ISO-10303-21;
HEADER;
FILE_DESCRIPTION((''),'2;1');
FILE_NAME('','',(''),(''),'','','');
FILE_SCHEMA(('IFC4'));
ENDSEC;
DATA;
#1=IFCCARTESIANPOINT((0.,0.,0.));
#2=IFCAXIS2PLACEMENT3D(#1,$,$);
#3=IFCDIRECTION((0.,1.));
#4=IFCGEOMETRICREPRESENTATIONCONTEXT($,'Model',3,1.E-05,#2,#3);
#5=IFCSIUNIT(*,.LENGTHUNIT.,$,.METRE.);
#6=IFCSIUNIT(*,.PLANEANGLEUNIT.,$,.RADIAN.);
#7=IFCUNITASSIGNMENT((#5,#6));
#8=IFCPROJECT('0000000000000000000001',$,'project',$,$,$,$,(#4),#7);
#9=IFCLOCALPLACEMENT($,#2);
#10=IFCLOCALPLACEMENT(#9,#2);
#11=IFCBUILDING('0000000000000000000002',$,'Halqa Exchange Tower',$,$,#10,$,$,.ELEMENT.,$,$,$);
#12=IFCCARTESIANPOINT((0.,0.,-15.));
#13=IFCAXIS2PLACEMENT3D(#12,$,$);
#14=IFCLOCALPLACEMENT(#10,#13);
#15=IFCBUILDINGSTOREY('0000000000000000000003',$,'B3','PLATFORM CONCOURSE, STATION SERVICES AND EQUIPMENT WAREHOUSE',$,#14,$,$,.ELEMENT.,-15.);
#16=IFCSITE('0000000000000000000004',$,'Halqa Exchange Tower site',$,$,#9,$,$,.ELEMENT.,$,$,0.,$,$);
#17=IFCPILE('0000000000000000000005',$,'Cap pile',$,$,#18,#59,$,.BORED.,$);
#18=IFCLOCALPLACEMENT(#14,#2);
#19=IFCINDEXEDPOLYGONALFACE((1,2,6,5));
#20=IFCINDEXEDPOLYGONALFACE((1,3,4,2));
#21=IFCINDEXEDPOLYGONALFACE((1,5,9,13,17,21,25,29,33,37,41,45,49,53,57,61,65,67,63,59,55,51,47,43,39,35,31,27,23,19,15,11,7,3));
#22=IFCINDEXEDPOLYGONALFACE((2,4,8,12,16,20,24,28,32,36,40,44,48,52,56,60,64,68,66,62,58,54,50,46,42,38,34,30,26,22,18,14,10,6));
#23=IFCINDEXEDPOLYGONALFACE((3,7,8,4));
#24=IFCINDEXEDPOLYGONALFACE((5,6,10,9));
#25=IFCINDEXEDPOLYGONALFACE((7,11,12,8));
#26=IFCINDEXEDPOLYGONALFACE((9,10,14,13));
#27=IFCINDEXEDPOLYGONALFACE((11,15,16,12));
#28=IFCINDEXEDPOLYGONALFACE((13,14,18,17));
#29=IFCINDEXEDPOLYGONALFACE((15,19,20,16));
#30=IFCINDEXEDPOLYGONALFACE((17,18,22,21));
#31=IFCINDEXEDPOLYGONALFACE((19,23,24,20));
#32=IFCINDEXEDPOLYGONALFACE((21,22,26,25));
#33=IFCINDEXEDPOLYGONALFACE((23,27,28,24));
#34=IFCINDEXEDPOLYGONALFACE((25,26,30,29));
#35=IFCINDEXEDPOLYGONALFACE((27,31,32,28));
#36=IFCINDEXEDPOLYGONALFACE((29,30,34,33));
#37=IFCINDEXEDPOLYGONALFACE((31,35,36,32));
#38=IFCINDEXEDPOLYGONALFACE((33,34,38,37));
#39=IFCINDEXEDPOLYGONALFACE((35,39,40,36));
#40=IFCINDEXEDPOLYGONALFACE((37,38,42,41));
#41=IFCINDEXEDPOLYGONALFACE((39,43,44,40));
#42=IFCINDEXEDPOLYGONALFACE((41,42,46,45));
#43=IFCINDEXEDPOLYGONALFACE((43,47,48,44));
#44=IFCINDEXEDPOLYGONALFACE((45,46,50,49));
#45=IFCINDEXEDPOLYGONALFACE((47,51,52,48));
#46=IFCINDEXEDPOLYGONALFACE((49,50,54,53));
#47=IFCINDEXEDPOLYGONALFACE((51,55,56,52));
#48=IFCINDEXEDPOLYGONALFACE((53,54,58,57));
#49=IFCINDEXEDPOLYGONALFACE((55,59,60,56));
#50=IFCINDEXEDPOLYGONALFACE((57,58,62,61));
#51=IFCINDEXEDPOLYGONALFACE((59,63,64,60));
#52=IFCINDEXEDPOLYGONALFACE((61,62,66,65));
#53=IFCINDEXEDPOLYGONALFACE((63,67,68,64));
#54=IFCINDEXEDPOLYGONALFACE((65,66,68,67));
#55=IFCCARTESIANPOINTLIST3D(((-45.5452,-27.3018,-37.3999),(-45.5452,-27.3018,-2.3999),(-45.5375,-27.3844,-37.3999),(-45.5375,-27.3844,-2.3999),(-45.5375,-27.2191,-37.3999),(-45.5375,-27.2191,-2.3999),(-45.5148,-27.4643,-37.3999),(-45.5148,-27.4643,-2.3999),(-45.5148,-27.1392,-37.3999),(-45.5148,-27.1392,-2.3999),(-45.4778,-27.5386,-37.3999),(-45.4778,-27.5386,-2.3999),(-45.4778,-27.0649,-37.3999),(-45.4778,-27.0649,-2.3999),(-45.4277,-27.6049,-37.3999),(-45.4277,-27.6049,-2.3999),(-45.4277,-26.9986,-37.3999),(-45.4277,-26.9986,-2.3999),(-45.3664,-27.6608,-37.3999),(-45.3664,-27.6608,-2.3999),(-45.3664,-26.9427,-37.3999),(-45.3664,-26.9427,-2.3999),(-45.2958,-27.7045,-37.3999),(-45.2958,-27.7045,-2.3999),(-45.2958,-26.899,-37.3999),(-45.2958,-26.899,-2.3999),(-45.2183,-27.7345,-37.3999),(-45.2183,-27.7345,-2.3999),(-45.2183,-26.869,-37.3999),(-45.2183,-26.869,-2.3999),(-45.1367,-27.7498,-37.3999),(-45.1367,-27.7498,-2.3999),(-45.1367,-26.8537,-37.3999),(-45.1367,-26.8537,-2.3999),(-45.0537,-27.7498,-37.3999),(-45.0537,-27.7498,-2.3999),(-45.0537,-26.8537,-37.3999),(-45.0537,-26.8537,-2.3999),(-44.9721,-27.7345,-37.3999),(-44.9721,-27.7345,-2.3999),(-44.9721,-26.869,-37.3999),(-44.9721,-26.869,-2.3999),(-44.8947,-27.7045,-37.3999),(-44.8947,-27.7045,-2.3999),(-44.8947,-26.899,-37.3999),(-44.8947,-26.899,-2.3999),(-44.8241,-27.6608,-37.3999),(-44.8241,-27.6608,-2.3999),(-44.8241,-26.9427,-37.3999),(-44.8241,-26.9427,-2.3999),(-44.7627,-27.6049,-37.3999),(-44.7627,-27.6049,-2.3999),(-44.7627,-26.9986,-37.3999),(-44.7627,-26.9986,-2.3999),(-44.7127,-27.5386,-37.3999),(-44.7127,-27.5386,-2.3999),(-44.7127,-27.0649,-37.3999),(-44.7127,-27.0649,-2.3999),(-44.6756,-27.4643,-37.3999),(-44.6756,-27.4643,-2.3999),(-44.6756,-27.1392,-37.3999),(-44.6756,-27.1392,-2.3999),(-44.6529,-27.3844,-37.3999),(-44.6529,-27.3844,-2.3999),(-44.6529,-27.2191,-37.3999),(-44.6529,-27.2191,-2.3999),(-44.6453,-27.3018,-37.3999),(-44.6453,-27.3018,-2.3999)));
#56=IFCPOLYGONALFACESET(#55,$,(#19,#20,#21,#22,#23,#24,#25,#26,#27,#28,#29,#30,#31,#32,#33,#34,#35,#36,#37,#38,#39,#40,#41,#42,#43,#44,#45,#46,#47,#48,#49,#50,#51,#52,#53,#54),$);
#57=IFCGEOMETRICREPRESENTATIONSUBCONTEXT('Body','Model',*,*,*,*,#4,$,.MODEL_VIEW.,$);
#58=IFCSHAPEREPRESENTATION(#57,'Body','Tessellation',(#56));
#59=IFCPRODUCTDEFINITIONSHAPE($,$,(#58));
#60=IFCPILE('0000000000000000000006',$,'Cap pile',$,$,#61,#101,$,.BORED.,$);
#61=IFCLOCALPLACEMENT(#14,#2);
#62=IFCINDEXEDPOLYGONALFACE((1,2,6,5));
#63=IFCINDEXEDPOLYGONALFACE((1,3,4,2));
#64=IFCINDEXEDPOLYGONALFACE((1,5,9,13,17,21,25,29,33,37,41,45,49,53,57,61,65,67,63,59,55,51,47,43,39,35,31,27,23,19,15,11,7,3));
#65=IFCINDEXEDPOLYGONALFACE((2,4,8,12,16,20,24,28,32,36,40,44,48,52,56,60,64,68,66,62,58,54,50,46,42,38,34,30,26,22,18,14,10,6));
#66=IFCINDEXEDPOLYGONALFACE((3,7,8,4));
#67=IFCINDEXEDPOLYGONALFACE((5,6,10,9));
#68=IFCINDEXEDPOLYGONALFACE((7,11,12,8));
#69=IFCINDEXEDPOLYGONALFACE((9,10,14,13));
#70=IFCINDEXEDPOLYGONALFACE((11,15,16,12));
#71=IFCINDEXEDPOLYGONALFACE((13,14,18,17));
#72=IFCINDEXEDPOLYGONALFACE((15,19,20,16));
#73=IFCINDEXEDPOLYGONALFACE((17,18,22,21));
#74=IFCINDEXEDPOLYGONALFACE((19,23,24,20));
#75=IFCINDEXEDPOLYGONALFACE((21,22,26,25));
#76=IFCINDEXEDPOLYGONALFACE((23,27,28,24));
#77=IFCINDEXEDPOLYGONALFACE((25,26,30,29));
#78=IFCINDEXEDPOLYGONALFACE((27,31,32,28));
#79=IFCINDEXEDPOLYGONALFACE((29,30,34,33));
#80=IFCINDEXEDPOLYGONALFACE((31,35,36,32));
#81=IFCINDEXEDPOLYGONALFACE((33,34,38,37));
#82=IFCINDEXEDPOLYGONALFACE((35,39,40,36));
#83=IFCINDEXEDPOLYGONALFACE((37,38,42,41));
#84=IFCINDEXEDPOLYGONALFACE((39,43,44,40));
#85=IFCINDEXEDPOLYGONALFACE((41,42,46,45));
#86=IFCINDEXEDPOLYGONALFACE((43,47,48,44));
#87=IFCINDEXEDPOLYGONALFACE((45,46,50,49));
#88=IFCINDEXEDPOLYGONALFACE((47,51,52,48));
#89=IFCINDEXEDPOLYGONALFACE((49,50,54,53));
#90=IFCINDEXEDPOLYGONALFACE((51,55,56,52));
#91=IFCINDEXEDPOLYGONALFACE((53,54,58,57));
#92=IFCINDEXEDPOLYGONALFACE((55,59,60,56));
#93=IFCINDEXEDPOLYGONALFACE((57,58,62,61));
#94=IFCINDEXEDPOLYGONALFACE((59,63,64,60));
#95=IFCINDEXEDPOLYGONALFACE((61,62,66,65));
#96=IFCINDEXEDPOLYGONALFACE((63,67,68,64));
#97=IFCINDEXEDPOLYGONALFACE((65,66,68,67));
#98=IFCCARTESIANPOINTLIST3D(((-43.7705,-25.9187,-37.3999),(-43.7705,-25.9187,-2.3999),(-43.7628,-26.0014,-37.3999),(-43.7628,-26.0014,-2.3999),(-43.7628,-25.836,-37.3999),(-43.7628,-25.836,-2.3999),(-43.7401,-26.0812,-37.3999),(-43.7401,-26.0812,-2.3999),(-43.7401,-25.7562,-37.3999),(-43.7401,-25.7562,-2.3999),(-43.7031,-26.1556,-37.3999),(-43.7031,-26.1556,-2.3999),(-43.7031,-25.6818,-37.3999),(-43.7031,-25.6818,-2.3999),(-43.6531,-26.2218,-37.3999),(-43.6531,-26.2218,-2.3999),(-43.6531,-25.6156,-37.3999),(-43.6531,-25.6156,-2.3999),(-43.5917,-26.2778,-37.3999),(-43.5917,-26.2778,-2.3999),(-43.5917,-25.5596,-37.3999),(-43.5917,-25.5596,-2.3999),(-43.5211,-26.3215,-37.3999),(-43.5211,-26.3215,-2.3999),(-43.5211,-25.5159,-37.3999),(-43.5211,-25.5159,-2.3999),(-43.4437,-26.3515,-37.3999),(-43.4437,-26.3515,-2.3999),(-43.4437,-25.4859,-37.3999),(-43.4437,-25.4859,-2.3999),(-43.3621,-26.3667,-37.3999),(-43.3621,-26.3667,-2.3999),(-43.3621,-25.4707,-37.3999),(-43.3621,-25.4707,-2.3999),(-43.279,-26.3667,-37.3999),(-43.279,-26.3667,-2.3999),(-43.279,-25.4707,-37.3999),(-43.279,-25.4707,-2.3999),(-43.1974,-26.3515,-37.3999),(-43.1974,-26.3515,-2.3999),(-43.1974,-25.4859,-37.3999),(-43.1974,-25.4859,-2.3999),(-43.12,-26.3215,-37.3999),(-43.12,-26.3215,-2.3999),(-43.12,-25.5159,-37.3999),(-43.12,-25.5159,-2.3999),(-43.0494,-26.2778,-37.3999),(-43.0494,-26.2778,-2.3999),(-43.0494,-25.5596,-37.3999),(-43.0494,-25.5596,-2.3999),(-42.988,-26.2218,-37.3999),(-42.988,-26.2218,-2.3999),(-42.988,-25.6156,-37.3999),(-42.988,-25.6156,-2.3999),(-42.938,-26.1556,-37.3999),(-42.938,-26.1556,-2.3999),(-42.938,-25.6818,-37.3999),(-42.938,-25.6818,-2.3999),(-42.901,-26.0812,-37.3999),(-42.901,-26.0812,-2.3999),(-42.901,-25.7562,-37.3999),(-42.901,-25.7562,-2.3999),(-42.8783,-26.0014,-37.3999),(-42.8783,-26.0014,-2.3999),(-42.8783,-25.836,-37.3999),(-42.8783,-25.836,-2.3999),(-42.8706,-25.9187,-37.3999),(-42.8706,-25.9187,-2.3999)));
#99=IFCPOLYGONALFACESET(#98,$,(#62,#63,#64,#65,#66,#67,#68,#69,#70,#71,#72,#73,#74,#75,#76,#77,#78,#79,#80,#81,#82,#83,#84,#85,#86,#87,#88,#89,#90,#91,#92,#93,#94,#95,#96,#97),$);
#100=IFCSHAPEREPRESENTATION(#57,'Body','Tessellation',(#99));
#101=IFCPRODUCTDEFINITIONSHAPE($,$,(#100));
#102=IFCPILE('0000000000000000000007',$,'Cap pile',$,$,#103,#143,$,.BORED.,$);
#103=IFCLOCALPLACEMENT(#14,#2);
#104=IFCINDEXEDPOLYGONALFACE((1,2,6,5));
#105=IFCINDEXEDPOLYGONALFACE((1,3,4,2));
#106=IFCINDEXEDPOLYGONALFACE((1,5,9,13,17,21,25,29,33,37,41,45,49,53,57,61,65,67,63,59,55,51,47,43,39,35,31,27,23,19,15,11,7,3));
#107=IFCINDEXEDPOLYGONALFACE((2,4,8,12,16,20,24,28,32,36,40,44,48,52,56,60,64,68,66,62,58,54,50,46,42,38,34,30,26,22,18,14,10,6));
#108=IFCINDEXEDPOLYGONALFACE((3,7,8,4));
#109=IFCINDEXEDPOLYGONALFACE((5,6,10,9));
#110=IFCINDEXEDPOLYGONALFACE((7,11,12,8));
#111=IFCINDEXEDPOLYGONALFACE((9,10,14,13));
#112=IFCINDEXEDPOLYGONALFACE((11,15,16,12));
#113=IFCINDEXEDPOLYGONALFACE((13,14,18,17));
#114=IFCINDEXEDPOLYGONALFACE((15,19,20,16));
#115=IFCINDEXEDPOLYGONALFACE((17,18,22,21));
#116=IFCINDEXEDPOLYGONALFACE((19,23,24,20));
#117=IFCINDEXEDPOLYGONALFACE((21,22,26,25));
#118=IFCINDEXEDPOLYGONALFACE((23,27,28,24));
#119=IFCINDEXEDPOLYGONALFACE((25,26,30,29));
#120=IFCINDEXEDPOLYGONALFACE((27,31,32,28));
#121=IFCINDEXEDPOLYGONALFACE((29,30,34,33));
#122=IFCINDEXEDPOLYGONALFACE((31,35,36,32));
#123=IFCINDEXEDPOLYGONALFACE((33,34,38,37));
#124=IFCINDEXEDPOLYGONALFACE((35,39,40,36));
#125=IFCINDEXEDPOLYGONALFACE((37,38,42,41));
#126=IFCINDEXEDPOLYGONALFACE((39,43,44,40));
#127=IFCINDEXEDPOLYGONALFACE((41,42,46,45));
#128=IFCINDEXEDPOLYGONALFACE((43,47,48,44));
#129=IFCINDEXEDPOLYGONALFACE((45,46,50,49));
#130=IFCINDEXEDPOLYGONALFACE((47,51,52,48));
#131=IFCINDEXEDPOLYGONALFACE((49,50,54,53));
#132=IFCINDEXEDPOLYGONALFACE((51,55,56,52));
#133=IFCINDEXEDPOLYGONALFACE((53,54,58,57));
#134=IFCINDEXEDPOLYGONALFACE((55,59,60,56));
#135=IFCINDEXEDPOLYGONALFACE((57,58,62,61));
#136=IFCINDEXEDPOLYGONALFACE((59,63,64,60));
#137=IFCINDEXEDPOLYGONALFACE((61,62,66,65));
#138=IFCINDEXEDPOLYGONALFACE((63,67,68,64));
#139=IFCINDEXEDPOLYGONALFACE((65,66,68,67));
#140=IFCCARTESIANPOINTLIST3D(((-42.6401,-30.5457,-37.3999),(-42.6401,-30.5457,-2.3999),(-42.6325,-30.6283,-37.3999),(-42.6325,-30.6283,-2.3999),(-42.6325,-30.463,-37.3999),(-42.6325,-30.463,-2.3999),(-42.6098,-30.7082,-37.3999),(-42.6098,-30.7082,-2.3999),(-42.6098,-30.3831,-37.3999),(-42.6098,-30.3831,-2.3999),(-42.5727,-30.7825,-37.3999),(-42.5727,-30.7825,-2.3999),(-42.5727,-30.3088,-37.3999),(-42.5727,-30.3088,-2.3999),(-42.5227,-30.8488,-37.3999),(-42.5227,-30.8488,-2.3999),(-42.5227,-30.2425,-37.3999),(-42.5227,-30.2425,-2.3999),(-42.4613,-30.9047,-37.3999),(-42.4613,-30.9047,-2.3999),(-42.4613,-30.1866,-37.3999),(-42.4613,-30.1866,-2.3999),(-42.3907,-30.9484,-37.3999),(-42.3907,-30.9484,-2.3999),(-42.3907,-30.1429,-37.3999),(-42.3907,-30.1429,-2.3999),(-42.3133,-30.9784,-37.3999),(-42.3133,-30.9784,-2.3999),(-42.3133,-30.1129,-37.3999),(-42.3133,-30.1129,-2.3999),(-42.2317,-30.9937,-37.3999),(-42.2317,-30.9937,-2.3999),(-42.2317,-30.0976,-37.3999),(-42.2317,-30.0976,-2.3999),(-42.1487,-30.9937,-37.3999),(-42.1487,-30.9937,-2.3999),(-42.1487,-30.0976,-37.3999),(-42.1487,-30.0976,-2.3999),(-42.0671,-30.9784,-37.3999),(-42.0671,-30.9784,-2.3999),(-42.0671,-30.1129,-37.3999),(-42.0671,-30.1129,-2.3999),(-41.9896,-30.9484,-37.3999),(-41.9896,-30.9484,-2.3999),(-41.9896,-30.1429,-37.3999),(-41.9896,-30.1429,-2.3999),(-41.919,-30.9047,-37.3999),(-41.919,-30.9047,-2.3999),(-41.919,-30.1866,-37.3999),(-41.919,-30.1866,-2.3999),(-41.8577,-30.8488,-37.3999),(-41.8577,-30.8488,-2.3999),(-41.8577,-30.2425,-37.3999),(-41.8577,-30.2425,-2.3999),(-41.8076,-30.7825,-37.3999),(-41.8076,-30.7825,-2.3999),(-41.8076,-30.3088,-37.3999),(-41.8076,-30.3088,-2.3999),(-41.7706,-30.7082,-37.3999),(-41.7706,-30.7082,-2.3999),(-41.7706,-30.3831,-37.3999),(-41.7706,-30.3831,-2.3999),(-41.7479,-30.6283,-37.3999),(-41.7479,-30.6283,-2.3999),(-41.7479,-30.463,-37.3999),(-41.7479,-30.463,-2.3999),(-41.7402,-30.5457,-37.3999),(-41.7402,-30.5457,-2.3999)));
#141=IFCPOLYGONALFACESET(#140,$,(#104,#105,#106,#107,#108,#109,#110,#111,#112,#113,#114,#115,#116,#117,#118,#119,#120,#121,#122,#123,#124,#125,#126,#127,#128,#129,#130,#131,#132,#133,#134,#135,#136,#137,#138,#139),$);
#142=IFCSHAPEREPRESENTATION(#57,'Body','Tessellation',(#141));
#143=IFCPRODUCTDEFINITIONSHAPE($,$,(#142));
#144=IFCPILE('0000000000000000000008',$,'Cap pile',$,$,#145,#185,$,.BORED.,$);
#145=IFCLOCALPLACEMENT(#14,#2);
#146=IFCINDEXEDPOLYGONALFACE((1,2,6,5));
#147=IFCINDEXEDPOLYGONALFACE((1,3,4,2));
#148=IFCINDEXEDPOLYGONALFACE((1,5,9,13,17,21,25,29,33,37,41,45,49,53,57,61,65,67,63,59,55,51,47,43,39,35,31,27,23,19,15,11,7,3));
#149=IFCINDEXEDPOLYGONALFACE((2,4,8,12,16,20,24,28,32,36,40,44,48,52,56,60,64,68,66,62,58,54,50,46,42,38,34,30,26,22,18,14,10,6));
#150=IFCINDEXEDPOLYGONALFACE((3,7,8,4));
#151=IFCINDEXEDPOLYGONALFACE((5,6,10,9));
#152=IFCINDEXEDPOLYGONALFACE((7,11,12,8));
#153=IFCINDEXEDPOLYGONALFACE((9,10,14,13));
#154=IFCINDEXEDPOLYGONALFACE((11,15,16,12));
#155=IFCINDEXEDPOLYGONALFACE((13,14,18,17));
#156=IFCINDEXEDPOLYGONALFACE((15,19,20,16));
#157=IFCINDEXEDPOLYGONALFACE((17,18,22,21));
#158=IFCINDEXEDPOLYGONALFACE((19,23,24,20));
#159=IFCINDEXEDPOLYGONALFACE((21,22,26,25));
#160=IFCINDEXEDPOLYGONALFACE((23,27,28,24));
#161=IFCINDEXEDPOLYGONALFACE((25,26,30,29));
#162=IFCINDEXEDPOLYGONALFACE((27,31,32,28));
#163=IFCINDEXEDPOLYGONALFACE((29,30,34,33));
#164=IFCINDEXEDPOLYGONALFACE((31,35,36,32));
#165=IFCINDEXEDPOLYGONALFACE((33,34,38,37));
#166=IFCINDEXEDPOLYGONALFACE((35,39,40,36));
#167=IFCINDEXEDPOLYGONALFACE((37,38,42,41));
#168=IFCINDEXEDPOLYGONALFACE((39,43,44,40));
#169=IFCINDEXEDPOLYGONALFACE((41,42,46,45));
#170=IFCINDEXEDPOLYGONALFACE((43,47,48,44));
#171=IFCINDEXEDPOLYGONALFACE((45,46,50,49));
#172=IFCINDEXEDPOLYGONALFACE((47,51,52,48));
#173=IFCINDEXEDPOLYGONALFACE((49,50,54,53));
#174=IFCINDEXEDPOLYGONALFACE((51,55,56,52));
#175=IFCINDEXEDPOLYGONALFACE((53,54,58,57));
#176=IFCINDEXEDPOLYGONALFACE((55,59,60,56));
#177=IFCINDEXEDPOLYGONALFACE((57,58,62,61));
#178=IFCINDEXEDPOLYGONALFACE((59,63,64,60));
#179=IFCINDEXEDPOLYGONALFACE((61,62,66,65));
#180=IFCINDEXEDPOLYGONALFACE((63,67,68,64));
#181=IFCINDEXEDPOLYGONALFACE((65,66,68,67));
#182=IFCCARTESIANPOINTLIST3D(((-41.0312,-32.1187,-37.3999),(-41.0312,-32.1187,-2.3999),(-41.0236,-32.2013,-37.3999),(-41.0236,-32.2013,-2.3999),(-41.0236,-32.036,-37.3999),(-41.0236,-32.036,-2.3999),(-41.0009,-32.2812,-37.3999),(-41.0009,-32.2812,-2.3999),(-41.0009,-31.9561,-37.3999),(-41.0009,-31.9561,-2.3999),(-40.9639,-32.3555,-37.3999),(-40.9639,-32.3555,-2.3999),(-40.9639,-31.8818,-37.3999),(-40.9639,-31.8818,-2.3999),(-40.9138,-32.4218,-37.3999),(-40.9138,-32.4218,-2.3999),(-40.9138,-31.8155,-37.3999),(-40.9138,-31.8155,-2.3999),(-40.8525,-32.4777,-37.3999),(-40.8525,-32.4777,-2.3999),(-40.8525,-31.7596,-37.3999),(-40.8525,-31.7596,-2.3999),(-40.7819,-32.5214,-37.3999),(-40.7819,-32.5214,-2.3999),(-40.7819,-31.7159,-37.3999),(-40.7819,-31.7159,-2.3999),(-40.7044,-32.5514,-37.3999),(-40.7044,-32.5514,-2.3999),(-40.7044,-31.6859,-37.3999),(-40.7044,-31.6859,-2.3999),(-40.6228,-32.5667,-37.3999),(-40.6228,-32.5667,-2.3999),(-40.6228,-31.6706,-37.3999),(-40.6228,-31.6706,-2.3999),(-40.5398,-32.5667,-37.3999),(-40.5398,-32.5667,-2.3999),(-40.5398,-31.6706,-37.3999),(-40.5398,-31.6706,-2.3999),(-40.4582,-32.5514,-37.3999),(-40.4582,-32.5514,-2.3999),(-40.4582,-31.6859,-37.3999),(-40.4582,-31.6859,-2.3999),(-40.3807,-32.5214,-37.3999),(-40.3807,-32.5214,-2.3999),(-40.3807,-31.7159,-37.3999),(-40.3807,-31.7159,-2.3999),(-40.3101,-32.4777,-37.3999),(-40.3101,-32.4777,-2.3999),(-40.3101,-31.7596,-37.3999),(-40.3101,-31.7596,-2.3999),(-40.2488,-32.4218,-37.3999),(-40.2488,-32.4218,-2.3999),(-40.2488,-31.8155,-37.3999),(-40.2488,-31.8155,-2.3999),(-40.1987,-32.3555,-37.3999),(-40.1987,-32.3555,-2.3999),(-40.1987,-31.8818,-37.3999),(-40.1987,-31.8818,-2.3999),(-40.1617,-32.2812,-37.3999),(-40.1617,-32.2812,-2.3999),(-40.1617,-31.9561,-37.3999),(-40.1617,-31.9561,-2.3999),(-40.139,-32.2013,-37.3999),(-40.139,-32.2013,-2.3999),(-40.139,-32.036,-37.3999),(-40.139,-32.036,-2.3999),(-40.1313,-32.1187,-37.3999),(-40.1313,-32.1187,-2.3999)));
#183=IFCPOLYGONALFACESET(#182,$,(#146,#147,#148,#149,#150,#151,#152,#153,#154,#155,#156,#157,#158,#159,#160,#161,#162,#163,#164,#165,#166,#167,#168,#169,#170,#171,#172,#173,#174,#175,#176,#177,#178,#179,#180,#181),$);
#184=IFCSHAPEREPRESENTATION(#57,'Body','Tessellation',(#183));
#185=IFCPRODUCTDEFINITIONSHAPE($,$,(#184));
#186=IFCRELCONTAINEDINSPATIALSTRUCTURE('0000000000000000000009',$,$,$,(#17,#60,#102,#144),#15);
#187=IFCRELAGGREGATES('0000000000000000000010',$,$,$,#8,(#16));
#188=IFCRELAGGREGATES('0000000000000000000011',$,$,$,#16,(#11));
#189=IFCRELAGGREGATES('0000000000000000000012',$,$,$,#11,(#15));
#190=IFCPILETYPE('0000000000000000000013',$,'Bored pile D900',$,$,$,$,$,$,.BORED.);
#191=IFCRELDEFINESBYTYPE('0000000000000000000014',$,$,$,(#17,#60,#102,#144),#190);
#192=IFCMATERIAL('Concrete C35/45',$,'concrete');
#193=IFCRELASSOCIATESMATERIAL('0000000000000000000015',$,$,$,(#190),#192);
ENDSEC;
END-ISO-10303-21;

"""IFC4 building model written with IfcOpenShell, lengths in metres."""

from ifc_helpers import new_model, si_unit, direction, frame, origin, origin_2d, place, context, subcontext, project, spatial, circle, extrude, material, material_profile, profile_set, type_object, element, save


model = new_model("IFC4")

# Units and contexts
model_context = context("Model", 3, precision=1e-05, world=origin(), true_north=direction((0.0, 1.0)))
body_context = subcontext(model_context, "Body", "Model", "MODEL_VIEW")
ifc_project = project(units=[si_unit("LENGTHUNIT", "METRE"), si_unit("PLANEANGLEUNIT", "RADIAN")], contexts=[model_context])

# Site, building, storey
site_placement = place(None, origin())
site = spatial("IfcSite", under=ifc_project, at=site_placement, Name="Halqa Exchange Tower site", CompositionType="ELEMENT", RefElevation=0.0)
building_placement = place(site_placement, origin())
building = spatial("IfcBuilding", under=site, at=building_placement, Name="Halqa Exchange Tower", CompositionType="ELEMENT")
storey_placement = place(building_placement, frame((0.0, 0.0, -15.0)))
storey = spatial("IfcBuildingStorey", under=building, at=storey_placement, Name="B3", Description="PLATFORM CONCOURSE, STATION SERVICES AND EQUIPMENT WAREHOUSE", CompositionType="ELEMENT", Elevation=-15.0)

# Piles
ifc_material_1 = material(Name="Concrete C35/45", Category="concrete")
ifc_material_profile_1 = material_profile(ifc_material_1, circle(Radius=0.45, at=origin_2d()), Name="D900")
ifc_profile_set_1 = profile_set([ifc_material_profile_1], Name="Concrete C35/45")
pile_type = type_object("IfcPileType", Name="Bored pile D900", PredefinedType="BORED", material=ifc_profile_set_1)
for number, where, z_axis, x_axis, name in (
    (1, (-45.0952, -27.3018, -2.3999), (0.0, 0.0, -1.0), (1.0, 0.0, 0.0), "Cap pile"),
    (2, (-43.3206, -25.9187, -2.3999), (0.0, 0.0, -1.0), (1.0, 0.0, 0.0), "Cap pile"),
    (3, (-42.1902, -30.5457, -2.3999), (0.0, 0.0, -1.0), (1.0, 0.0, 0.0), "Cap pile"),
    (4, (-40.5813, -32.1187, -2.3999), (0.0, 0.0, -1.0), (1.0, 0.0, 0.0), "Cap pile"),
):
    element("IfcPile", number, at=place(storey_placement, frame(where, z_axis=z_axis, x_axis=x_axis)), inside=storey, type_object=pile_type, Name=name, PredefinedType="BORED", context=body_context, shape_type="SweptSolid", body=[
        extrude(circle(Radius=0.45, at=origin_2d()), origin(), (0.0, 0.0, 1.0), 35.0),
    ])

save(model, "model.ifc")
